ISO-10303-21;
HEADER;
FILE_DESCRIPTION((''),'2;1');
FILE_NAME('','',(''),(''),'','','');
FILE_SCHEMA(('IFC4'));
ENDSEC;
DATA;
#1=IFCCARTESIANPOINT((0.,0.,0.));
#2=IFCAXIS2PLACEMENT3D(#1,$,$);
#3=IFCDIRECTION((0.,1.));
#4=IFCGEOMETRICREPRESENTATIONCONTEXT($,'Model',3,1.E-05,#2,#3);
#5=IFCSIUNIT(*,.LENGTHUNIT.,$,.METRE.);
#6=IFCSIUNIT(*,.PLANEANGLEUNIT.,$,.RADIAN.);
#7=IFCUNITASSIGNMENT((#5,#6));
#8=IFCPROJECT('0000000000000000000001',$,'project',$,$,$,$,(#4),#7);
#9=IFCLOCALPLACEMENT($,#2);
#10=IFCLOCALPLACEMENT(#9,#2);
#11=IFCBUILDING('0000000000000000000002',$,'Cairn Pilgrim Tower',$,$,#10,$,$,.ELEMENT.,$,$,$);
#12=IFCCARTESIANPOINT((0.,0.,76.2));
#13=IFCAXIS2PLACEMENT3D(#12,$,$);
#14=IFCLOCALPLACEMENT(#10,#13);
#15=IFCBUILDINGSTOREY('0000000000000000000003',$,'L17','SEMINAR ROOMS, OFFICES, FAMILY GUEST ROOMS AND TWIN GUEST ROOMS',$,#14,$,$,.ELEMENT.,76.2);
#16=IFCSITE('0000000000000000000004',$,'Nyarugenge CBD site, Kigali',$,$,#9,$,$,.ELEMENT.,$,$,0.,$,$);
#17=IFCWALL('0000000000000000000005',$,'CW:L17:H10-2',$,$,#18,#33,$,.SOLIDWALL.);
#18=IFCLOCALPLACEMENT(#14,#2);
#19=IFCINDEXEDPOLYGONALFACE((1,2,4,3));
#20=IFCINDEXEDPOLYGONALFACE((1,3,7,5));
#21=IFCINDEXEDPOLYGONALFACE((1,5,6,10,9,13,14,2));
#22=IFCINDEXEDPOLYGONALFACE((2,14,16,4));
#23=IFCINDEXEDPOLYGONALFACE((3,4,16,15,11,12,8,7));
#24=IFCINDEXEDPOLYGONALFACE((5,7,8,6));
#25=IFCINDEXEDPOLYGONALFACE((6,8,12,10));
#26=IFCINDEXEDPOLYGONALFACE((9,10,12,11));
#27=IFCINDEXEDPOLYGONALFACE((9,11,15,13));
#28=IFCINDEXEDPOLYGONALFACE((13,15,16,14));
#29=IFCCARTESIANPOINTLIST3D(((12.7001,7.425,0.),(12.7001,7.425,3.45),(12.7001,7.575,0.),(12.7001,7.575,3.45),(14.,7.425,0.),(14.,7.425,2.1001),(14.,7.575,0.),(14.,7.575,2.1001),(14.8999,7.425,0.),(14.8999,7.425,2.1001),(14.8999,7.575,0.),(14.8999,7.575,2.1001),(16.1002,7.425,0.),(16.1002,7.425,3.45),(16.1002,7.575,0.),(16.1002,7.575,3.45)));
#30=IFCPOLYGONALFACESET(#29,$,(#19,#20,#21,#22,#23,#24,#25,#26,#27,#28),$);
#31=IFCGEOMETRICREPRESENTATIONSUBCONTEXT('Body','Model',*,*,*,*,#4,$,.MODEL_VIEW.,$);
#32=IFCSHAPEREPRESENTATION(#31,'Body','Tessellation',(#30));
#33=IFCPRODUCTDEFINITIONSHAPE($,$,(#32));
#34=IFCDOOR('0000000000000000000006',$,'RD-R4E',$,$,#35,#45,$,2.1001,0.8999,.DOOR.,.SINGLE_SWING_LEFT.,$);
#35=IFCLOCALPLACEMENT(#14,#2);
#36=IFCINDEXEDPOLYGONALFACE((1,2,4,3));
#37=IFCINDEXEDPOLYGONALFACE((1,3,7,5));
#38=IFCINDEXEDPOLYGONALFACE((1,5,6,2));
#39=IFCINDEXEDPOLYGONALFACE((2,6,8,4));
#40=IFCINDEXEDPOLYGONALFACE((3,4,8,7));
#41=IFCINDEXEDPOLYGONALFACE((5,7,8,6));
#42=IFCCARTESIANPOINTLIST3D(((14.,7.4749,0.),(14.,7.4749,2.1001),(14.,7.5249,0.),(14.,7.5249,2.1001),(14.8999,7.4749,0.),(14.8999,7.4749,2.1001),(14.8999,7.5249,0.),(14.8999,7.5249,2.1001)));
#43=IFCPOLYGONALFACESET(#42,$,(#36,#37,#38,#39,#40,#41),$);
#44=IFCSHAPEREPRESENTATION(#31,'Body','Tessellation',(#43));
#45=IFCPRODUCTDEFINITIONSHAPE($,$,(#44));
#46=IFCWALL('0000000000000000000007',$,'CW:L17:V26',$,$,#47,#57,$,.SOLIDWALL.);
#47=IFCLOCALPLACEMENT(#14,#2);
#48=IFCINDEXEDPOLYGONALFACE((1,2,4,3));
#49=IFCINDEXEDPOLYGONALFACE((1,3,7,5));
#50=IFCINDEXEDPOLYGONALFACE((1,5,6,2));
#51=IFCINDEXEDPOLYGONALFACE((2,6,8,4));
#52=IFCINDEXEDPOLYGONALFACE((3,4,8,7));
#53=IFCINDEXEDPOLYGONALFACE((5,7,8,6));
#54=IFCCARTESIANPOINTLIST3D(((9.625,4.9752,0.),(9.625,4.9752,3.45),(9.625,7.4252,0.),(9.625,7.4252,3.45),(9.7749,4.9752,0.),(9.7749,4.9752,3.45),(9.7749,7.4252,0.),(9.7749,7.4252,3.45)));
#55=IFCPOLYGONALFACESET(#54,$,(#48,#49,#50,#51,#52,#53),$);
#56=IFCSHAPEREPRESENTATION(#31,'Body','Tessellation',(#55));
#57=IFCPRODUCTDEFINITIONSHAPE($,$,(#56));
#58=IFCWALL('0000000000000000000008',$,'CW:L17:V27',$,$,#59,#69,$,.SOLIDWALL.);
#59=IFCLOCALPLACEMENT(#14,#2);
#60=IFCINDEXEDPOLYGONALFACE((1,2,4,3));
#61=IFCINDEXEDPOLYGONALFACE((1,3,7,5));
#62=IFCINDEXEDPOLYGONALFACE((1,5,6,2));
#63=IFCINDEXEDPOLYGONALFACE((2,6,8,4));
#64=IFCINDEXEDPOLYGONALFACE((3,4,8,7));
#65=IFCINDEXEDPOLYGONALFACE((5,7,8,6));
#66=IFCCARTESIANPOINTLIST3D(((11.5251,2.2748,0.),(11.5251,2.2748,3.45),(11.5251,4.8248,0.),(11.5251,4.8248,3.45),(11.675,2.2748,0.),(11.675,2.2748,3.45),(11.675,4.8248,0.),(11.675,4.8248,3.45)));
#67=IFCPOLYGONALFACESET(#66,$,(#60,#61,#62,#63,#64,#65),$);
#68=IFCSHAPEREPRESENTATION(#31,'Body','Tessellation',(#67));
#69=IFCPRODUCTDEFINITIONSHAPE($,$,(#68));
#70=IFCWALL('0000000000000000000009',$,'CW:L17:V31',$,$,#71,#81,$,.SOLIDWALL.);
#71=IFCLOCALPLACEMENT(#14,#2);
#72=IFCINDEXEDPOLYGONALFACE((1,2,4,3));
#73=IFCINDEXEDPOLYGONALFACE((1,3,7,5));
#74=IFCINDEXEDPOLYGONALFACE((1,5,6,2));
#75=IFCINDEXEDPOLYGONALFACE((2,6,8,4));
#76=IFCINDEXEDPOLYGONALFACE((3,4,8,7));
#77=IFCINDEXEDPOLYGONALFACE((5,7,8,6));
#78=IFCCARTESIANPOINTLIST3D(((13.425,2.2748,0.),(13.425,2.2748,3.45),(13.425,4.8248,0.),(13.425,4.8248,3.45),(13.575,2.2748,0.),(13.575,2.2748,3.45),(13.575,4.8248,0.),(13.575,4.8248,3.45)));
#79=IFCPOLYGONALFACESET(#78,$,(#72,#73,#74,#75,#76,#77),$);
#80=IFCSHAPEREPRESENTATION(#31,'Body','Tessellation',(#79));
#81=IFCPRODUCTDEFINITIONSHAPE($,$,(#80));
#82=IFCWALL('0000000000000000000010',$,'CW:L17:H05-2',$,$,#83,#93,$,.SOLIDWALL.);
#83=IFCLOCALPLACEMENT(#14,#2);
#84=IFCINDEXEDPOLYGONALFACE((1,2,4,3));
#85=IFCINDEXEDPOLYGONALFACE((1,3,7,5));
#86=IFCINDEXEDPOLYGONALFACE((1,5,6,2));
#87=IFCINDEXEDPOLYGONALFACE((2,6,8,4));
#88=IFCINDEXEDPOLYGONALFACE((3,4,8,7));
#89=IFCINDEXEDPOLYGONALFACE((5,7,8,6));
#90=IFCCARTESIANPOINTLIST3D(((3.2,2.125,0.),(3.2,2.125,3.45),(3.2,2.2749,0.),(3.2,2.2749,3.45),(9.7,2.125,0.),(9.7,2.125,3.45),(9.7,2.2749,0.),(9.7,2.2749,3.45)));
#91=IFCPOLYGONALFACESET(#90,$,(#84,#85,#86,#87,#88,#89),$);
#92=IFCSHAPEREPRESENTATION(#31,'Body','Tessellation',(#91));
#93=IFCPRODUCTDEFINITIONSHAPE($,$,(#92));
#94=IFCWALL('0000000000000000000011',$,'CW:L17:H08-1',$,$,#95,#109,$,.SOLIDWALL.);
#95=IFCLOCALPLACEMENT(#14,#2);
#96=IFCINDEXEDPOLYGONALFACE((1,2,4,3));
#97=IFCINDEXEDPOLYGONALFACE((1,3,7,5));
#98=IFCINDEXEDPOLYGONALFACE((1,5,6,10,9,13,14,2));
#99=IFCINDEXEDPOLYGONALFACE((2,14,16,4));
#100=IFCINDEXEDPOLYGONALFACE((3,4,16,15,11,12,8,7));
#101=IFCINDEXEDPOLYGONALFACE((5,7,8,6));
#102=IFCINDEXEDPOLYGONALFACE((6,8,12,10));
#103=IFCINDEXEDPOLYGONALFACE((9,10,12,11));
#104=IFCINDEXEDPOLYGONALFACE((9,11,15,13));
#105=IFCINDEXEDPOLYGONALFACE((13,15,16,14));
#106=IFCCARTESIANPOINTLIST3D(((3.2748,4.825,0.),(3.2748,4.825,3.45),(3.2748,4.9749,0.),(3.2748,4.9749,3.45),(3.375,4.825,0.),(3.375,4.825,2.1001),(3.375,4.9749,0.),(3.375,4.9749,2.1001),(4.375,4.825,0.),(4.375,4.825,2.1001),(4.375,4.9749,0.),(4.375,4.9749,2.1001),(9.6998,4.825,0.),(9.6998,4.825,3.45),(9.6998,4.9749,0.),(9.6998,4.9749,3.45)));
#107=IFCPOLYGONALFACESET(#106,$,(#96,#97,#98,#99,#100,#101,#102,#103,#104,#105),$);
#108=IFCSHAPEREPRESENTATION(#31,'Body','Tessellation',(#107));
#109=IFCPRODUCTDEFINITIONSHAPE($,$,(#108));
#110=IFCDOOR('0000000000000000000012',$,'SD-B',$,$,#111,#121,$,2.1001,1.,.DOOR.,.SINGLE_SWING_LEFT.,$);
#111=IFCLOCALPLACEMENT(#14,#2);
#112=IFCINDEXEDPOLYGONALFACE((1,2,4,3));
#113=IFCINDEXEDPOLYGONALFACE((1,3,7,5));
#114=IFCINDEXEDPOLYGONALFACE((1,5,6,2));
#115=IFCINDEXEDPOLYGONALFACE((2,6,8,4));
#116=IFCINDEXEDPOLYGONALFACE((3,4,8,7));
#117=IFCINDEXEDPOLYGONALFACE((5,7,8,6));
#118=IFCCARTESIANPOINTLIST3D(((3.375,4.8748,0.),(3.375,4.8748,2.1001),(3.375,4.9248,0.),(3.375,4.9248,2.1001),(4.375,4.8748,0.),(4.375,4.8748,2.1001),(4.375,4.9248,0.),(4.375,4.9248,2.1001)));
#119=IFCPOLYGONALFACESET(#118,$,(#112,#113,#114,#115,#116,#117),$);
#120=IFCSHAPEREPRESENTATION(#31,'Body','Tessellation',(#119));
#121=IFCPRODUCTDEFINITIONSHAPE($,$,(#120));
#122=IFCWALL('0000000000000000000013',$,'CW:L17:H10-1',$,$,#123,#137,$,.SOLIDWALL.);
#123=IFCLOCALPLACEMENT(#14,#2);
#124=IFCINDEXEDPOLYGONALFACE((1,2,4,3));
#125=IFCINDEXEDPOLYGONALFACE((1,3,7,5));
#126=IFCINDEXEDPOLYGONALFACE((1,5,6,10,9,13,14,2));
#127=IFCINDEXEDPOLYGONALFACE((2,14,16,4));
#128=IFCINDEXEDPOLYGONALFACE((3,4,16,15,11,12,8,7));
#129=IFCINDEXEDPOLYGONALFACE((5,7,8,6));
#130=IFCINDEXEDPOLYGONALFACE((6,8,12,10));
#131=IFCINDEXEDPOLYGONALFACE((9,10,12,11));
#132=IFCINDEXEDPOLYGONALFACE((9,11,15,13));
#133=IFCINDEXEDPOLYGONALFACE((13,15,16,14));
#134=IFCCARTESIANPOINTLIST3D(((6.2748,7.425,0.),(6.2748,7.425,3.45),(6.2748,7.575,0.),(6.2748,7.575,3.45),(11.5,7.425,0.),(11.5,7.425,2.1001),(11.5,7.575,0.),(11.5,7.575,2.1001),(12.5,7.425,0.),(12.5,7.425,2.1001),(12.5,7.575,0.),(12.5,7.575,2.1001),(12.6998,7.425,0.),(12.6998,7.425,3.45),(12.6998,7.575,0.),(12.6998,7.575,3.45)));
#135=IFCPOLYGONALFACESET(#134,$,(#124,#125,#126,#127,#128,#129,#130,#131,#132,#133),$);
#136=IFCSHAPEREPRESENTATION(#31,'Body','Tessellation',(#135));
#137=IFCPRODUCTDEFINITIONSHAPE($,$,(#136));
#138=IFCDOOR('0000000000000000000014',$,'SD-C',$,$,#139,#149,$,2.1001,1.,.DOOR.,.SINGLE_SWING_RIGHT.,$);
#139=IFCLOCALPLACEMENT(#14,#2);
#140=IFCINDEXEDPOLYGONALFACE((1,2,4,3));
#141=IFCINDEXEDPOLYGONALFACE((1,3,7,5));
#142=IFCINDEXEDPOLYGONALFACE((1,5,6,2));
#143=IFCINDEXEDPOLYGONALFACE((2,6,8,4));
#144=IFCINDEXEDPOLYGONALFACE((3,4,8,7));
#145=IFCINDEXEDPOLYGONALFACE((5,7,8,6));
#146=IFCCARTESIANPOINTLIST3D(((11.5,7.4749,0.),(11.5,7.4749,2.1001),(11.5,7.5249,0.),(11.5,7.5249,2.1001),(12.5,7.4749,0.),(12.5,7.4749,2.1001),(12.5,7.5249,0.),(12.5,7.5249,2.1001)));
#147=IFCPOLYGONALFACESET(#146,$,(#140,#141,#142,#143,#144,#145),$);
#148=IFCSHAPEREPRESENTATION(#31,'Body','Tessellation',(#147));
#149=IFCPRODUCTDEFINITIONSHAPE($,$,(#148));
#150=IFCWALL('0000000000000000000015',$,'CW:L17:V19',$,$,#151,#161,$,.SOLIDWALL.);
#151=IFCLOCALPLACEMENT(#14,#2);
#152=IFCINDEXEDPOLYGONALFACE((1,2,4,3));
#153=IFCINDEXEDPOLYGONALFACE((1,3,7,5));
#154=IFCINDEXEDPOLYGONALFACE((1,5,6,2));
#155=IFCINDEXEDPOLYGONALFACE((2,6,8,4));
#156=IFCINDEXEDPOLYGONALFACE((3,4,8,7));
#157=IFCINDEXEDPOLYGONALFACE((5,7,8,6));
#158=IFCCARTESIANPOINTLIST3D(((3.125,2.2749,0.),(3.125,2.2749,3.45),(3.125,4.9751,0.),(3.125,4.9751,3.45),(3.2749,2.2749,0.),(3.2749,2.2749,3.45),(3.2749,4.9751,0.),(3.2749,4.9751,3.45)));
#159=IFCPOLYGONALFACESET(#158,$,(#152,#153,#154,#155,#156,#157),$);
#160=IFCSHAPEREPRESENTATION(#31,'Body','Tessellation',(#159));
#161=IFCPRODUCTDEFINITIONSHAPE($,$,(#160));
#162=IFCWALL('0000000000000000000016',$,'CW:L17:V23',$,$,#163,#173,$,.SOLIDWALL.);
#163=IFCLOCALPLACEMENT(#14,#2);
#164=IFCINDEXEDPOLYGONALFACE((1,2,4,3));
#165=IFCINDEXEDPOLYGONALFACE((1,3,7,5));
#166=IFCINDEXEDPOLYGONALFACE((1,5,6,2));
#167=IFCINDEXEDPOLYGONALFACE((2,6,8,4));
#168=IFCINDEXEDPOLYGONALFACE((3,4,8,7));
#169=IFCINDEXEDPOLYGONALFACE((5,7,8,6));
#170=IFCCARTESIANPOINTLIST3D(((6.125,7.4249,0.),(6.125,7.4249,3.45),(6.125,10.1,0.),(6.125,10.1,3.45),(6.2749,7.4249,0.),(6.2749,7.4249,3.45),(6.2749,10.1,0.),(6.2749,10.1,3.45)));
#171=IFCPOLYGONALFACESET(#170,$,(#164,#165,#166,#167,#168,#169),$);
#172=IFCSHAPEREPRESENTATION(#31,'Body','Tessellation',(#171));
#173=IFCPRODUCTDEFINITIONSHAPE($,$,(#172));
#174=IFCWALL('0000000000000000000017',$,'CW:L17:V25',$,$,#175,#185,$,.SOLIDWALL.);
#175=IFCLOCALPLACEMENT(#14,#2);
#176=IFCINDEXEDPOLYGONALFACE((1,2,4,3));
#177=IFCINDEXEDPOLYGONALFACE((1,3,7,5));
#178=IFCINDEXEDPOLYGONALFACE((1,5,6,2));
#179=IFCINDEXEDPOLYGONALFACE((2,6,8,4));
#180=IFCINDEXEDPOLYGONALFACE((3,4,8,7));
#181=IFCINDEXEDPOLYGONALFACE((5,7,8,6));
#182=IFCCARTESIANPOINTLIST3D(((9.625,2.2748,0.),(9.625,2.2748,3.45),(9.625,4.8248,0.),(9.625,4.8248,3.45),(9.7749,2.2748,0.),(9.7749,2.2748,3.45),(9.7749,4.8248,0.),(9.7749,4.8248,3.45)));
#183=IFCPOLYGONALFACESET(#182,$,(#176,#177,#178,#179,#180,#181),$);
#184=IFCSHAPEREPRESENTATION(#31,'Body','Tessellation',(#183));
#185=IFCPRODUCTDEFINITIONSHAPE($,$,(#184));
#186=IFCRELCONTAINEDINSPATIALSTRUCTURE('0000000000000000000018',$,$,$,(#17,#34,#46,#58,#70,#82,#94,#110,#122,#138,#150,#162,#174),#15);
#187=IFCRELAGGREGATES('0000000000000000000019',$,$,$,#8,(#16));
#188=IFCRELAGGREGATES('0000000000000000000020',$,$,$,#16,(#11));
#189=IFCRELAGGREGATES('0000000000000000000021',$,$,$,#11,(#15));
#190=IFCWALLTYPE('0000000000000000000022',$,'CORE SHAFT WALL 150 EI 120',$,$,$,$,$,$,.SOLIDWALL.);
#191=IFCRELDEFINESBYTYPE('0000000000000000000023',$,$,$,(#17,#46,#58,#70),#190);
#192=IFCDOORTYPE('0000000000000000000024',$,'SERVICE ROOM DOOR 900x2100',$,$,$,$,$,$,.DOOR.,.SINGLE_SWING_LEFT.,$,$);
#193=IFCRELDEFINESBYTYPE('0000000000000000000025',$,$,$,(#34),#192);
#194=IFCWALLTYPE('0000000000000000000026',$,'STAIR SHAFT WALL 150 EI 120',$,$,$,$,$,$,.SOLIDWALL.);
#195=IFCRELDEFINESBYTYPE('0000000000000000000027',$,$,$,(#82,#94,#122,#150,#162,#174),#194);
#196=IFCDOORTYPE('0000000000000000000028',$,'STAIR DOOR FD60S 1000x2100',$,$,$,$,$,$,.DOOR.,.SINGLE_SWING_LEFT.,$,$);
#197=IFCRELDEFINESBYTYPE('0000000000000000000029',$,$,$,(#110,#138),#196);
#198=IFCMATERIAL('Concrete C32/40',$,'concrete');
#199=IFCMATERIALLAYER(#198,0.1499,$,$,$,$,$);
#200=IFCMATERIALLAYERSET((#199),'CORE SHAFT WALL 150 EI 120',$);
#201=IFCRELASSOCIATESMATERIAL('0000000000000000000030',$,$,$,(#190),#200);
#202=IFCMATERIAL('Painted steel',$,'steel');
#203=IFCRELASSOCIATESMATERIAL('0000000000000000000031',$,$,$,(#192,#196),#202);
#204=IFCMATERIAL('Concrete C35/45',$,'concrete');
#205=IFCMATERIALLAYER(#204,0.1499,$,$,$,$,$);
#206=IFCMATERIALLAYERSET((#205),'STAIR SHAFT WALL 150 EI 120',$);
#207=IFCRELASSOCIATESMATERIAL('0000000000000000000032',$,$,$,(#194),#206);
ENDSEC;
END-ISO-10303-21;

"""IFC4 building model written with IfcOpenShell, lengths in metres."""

from ifc_helpers import new_model, si_unit, direction, frame, frame_2d, origin, place, context, subcontext, project, spatial, rectangle, extrude, material, layer, layer_set, type_object, element, fill, save


model = new_model("IFC4")

# Units and contexts
model_context = context("Model", 3, precision=1e-05, world=origin(), true_north=direction((0.0, 1.0)))
body_context = subcontext(model_context, "Body", "Model", "MODEL_VIEW")
ifc_project = project(units=[si_unit("LENGTHUNIT", "METRE"), si_unit("PLANEANGLEUNIT", "RADIAN")], contexts=[model_context])

# Site, building, storey
site_placement = place(None, origin())
site = spatial("IfcSite", under=ifc_project, at=site_placement, Name="Nyarugenge CBD site, Kigali", CompositionType="ELEMENT", RefElevation=0.0)
building_placement = place(site_placement, origin())
building = spatial("IfcBuilding", under=site, at=building_placement, Name="Cairn Pilgrim Tower", CompositionType="ELEMENT")
storey_placement = place(building_placement, frame((0.0, 0.0, 76.2)))
storey = spatial("IfcBuildingStorey", under=building, at=storey_placement, Name="L17", Description="SEMINAR ROOMS, OFFICES, FAMILY GUEST ROOMS AND TWIN GUEST ROOMS", CompositionType="ELEMENT", Elevation=76.2)

# Shared definitions
ifc_material_1 = material(Name="Concrete C32/40", Category="concrete")
ifc_layer_1 = layer(ifc_material_1, 0.1499)
ifc_layer_set_1 = layer_set([ifc_layer_1], Name="CORE SHAFT WALL 150 EI 120")
wall_type_1 = type_object("IfcWallType", Name="CORE SHAFT WALL 150 EI 120", PredefinedType="SOLIDWALL", material=ifc_layer_set_1)

# Shared definitions
ifc_material_2 = material(Name="Painted steel", Category="steel")
door_type_1 = type_object("IfcDoorType", Name="SERVICE ROOM DOOR 900x2100", OperationType="SINGLE_SWING_LEFT", PredefinedType="DOOR", material=ifc_material_2)

# Wall, opening, door
wall_1_placement = place(storey_placement, frame((12.7, 7.5, 0.0), z_axis=(0.0, 0.0, 1.0), x_axis=(1.0, 0.0, 0.0)))
wall_1 = element("IfcWall", 1, at=wall_1_placement, inside=storey, type_object=wall_type_1, Name="CW:L17:H10-2", PredefinedType="SOLIDWALL", context=body_context, shape_type="SweptSolid", body=[
    extrude(rectangle(XDim=3.4001, YDim=0.1499, at=frame_2d((1.7002, 0.0))), origin(), (0.0, 0.0, 1.0), 3.45),
])
opening_1_placement = place(wall_1_placement, frame((1.3, 0.0, 0.0)))
opening_1 = element("IfcOpeningElement", 2, at=opening_1_placement, cuts=wall_1, PredefinedType="OPENING", context=body_context, shape_type="SweptSolid", body=[
    extrude(rectangle(XDim=0.8999, YDim=2.1001, at=frame_2d((0.45, 1.05))), frame((0.0, 0.085, 0.0), z_axis=(0.0, -1.0, 0.0), x_axis=(1.0, 0.0, 0.0)), (0.0, 0.0, 1.0), 0.1699),
])
door_1_placement = place(opening_1_placement, origin())
door_1 = element("IfcDoor", 3, at=door_1_placement, inside=storey, type_object=door_type_1, Name="RD-R4E", OperationType="SINGLE_SWING_LEFT", OverallHeight=2.1001, OverallWidth=0.8999, PredefinedType="DOOR", context=body_context, shape_type="SweptSolid", body=[
    extrude(rectangle(XDim=0.8999, YDim=2.1001, at=frame_2d((0.45, 1.05))), frame((0.0, 0.0249, 0.0), z_axis=(0.0, -1.0, 0.0), x_axis=(1.0, 0.0, 0.0)), (0.0, 0.0, 1.0), 0.05),
])
fill(opening_1, door_1)

# Walls
wall_2_placement = place(storey_placement, frame((9.7, 4.9751, 0.0), z_axis=(0.0, 0.0, 1.0), x_axis=(0.0, 1.0, 0.0)))
element("IfcWall", 4, at=wall_2_placement, inside=storey, type_object=wall_type_1, Name="CW:L17:V26", PredefinedType="SOLIDWALL", context=body_context, shape_type="SweptSolid", body=[
    extrude(rectangle(XDim=2.45, YDim=0.1499, at=frame_2d((1.2251, 0.0))), origin(), (0.0, 0.0, 1.0), 3.45),
])
for number, where, z_axis, x_axis, name in (
    (5, (11.6001, 2.2749, 0.0), (0.0, 0.0, 1.0), (0.0, 1.0, 0.0), "CW:L17:V27"),
    (6, (13.5, 2.2749, 0.0), (0.0, 0.0, 1.0), (0.0, 1.0, 0.0), "CW:L17:V31"),
):
    element("IfcWall", number, at=place(storey_placement, frame(where, z_axis=z_axis, x_axis=x_axis)), inside=storey, type_object=wall_type_1, Name=name, PredefinedType="SOLIDWALL", context=body_context, shape_type="SweptSolid", body=[
        extrude(rectangle(XDim=2.55, YDim=0.1499, at=frame_2d((1.2749, 0.0))), origin(), (0.0, 0.0, 1.0), 3.45),
    ])
ifc_material_3 = material(Name="Concrete C35/45", Category="concrete")
ifc_layer_2 = layer(ifc_material_3, 0.1499)
ifc_layer_set_2 = layer_set([ifc_layer_2], Name="STAIR SHAFT WALL 150 EI 120")
wall_type_2 = type_object("IfcWallType", Name="STAIR SHAFT WALL 150 EI 120", PredefinedType="SOLIDWALL", material=ifc_layer_set_2)
wall_3_placement = place(storey_placement, frame((3.2, 2.2, 0.0), z_axis=(0.0, 0.0, 1.0), x_axis=(1.0, 0.0, 0.0)))
element("IfcWall", 7, at=wall_3_placement, inside=storey, type_object=wall_type_2, Name="CW:L17:H05-2", PredefinedType="SOLIDWALL", context=body_context, shape_type="SweptSolid", body=[
    extrude(rectangle(XDim=6.5, YDim=0.1499, at=frame_2d((3.25, 0.0))), origin(), (0.0, 0.0, 1.0), 3.45),
])

# Walls, openings, doors
wall_4_placement = place(storey_placement, frame((3.2749, 4.8999, 0.0), z_axis=(0.0, 0.0, 1.0), x_axis=(1.0, 0.0, 0.0)))
wall_4 = element("IfcWall", 8, at=wall_4_placement, inside=storey, type_object=wall_type_2, Name="CW:L17:H08-1", PredefinedType="SOLIDWALL", context=body_context, shape_type="SweptSolid", body=[
    extrude(rectangle(XDim=6.425, YDim=0.1499, at=frame_2d((3.2124, 0.0))), origin(), (0.0, 0.0, 1.0), 3.45),
])
opening_2_placement = place(wall_4_placement, frame((0.1001, 0.0, 0.0)))
opening_2 = element("IfcOpeningElement", 9, at=opening_2_placement, cuts=wall_4, PredefinedType="OPENING", context=body_context, shape_type="SweptSolid", body=[
    extrude(rectangle(XDim=1.0, YDim=2.1001, at=frame_2d((0.5, 1.05))), frame((0.0, 0.085, 0.0), z_axis=(0.0, -1.0, 0.0), x_axis=(1.0, 0.0, 0.0)), (0.0, 0.0, 1.0), 0.1699),
])
door_type_2 = type_object("IfcDoorType", Name="STAIR DOOR FD60S 1000x2100", OperationType="SINGLE_SWING_LEFT", PredefinedType="DOOR", material=ifc_material_2)
door_2_placement = place(opening_2_placement, origin())
door_2 = element("IfcDoor", 10, at=door_2_placement, inside=storey, type_object=door_type_2, Name="SD-B", OperationType="SINGLE_SWING_LEFT", OverallHeight=2.1001, OverallWidth=1.0, PredefinedType="DOOR", context=body_context, shape_type="SweptSolid", body=[
    extrude(rectangle(XDim=1.0, YDim=2.1001, at=frame_2d((0.5, 1.05))), frame((0.0, 0.0249, 0.0), z_axis=(0.0, -1.0, 0.0), x_axis=(1.0, 0.0, 0.0)), (0.0, 0.0, 1.0), 0.05),
])
fill(opening_2, door_2)
wall_5_placement = place(storey_placement, frame((6.2749, 7.5, 0.0), z_axis=(0.0, 0.0, 1.0), x_axis=(1.0, 0.0, 0.0)))
wall_5 = element("IfcWall", 11, at=wall_5_placement, inside=storey, type_object=wall_type_2, Name="CW:L17:H10-1", PredefinedType="SOLIDWALL", context=body_context, shape_type="SweptSolid", body=[
    extrude(rectangle(XDim=6.425, YDim=0.1499, at=frame_2d((3.2124, 0.0))), origin(), (0.0, 0.0, 1.0), 3.45),
])
opening_3_placement = place(wall_5_placement, frame((5.2251, 0.0, 0.0)))
opening_3 = element("IfcOpeningElement", 12, at=opening_3_placement, cuts=wall_5, PredefinedType="OPENING", context=body_context, shape_type="SweptSolid", body=[
    extrude(rectangle(XDim=1.0, YDim=2.1001, at=frame_2d((0.5, 1.05))), frame((0.0, 0.085, 0.0), z_axis=(0.0, -1.0, 0.0), x_axis=(1.0, 0.0, 0.0)), (0.0, 0.0, 1.0), 0.1699),
])
door_3_placement = place(opening_3_placement, origin())
door_3 = element("IfcDoor", 13, at=door_3_placement, inside=storey, type_object=door_type_2, Name="SD-C", OperationType="SINGLE_SWING_RIGHT", OverallHeight=2.1001, OverallWidth=1.0, PredefinedType="DOOR", context=body_context, shape_type="SweptSolid", body=[
    extrude(rectangle(XDim=1.0, YDim=2.1001, at=frame_2d((0.5, 1.05))), frame((0.0, 0.0249, 0.0), z_axis=(0.0, -1.0, 0.0), x_axis=(1.0, 0.0, 0.0)), (0.0, 0.0, 1.0), 0.05),
])
fill(opening_3, door_3)

# Walls
wall_6_placement = place(storey_placement, frame((3.2, 2.2749, 0.0), z_axis=(0.0, 0.0, 1.0), x_axis=(0.0, 1.0, 0.0)))
element("IfcWall", 14, at=wall_6_placement, inside=storey, type_object=wall_type_2, Name="CW:L17:V19", PredefinedType="SOLIDWALL", context=body_context, shape_type="SweptSolid", body=[
    extrude(rectangle(XDim=2.7002, YDim=0.1499, at=frame_2d((1.3501, 0.0))), origin(), (0.0, 0.0, 1.0), 3.45),
])
wall_7_placement = place(storey_placement, frame((6.2, 7.425, 0.0), z_axis=(0.0, 0.0, 1.0), x_axis=(0.0, 1.0, 0.0)))
element("IfcWall", 15, at=wall_7_placement, inside=storey, type_object=wall_type_2, Name="CW:L17:V23", PredefinedType="SOLIDWALL", context=body_context, shape_type="SweptSolid", body=[
    extrude(rectangle(XDim=2.675, YDim=0.1499, at=frame_2d((1.3374, 0.0))), origin(), (0.0, 0.0, 1.0), 3.45),
])
wall_8_placement = place(storey_placement, frame((9.7, 2.2749, 0.0), z_axis=(0.0, 0.0, 1.0), x_axis=(0.0, 1.0, 0.0)))
element("IfcWall", 16, at=wall_8_placement, inside=storey, type_object=wall_type_2, Name="CW:L17:V25", PredefinedType="SOLIDWALL", context=body_context, shape_type="SweptSolid", body=[
    extrude(rectangle(XDim=2.55, YDim=0.1499, at=frame_2d((1.2749, 0.0))), origin(), (0.0, 0.0, 1.0), 3.45),
])

save(model, "model.ifc")
